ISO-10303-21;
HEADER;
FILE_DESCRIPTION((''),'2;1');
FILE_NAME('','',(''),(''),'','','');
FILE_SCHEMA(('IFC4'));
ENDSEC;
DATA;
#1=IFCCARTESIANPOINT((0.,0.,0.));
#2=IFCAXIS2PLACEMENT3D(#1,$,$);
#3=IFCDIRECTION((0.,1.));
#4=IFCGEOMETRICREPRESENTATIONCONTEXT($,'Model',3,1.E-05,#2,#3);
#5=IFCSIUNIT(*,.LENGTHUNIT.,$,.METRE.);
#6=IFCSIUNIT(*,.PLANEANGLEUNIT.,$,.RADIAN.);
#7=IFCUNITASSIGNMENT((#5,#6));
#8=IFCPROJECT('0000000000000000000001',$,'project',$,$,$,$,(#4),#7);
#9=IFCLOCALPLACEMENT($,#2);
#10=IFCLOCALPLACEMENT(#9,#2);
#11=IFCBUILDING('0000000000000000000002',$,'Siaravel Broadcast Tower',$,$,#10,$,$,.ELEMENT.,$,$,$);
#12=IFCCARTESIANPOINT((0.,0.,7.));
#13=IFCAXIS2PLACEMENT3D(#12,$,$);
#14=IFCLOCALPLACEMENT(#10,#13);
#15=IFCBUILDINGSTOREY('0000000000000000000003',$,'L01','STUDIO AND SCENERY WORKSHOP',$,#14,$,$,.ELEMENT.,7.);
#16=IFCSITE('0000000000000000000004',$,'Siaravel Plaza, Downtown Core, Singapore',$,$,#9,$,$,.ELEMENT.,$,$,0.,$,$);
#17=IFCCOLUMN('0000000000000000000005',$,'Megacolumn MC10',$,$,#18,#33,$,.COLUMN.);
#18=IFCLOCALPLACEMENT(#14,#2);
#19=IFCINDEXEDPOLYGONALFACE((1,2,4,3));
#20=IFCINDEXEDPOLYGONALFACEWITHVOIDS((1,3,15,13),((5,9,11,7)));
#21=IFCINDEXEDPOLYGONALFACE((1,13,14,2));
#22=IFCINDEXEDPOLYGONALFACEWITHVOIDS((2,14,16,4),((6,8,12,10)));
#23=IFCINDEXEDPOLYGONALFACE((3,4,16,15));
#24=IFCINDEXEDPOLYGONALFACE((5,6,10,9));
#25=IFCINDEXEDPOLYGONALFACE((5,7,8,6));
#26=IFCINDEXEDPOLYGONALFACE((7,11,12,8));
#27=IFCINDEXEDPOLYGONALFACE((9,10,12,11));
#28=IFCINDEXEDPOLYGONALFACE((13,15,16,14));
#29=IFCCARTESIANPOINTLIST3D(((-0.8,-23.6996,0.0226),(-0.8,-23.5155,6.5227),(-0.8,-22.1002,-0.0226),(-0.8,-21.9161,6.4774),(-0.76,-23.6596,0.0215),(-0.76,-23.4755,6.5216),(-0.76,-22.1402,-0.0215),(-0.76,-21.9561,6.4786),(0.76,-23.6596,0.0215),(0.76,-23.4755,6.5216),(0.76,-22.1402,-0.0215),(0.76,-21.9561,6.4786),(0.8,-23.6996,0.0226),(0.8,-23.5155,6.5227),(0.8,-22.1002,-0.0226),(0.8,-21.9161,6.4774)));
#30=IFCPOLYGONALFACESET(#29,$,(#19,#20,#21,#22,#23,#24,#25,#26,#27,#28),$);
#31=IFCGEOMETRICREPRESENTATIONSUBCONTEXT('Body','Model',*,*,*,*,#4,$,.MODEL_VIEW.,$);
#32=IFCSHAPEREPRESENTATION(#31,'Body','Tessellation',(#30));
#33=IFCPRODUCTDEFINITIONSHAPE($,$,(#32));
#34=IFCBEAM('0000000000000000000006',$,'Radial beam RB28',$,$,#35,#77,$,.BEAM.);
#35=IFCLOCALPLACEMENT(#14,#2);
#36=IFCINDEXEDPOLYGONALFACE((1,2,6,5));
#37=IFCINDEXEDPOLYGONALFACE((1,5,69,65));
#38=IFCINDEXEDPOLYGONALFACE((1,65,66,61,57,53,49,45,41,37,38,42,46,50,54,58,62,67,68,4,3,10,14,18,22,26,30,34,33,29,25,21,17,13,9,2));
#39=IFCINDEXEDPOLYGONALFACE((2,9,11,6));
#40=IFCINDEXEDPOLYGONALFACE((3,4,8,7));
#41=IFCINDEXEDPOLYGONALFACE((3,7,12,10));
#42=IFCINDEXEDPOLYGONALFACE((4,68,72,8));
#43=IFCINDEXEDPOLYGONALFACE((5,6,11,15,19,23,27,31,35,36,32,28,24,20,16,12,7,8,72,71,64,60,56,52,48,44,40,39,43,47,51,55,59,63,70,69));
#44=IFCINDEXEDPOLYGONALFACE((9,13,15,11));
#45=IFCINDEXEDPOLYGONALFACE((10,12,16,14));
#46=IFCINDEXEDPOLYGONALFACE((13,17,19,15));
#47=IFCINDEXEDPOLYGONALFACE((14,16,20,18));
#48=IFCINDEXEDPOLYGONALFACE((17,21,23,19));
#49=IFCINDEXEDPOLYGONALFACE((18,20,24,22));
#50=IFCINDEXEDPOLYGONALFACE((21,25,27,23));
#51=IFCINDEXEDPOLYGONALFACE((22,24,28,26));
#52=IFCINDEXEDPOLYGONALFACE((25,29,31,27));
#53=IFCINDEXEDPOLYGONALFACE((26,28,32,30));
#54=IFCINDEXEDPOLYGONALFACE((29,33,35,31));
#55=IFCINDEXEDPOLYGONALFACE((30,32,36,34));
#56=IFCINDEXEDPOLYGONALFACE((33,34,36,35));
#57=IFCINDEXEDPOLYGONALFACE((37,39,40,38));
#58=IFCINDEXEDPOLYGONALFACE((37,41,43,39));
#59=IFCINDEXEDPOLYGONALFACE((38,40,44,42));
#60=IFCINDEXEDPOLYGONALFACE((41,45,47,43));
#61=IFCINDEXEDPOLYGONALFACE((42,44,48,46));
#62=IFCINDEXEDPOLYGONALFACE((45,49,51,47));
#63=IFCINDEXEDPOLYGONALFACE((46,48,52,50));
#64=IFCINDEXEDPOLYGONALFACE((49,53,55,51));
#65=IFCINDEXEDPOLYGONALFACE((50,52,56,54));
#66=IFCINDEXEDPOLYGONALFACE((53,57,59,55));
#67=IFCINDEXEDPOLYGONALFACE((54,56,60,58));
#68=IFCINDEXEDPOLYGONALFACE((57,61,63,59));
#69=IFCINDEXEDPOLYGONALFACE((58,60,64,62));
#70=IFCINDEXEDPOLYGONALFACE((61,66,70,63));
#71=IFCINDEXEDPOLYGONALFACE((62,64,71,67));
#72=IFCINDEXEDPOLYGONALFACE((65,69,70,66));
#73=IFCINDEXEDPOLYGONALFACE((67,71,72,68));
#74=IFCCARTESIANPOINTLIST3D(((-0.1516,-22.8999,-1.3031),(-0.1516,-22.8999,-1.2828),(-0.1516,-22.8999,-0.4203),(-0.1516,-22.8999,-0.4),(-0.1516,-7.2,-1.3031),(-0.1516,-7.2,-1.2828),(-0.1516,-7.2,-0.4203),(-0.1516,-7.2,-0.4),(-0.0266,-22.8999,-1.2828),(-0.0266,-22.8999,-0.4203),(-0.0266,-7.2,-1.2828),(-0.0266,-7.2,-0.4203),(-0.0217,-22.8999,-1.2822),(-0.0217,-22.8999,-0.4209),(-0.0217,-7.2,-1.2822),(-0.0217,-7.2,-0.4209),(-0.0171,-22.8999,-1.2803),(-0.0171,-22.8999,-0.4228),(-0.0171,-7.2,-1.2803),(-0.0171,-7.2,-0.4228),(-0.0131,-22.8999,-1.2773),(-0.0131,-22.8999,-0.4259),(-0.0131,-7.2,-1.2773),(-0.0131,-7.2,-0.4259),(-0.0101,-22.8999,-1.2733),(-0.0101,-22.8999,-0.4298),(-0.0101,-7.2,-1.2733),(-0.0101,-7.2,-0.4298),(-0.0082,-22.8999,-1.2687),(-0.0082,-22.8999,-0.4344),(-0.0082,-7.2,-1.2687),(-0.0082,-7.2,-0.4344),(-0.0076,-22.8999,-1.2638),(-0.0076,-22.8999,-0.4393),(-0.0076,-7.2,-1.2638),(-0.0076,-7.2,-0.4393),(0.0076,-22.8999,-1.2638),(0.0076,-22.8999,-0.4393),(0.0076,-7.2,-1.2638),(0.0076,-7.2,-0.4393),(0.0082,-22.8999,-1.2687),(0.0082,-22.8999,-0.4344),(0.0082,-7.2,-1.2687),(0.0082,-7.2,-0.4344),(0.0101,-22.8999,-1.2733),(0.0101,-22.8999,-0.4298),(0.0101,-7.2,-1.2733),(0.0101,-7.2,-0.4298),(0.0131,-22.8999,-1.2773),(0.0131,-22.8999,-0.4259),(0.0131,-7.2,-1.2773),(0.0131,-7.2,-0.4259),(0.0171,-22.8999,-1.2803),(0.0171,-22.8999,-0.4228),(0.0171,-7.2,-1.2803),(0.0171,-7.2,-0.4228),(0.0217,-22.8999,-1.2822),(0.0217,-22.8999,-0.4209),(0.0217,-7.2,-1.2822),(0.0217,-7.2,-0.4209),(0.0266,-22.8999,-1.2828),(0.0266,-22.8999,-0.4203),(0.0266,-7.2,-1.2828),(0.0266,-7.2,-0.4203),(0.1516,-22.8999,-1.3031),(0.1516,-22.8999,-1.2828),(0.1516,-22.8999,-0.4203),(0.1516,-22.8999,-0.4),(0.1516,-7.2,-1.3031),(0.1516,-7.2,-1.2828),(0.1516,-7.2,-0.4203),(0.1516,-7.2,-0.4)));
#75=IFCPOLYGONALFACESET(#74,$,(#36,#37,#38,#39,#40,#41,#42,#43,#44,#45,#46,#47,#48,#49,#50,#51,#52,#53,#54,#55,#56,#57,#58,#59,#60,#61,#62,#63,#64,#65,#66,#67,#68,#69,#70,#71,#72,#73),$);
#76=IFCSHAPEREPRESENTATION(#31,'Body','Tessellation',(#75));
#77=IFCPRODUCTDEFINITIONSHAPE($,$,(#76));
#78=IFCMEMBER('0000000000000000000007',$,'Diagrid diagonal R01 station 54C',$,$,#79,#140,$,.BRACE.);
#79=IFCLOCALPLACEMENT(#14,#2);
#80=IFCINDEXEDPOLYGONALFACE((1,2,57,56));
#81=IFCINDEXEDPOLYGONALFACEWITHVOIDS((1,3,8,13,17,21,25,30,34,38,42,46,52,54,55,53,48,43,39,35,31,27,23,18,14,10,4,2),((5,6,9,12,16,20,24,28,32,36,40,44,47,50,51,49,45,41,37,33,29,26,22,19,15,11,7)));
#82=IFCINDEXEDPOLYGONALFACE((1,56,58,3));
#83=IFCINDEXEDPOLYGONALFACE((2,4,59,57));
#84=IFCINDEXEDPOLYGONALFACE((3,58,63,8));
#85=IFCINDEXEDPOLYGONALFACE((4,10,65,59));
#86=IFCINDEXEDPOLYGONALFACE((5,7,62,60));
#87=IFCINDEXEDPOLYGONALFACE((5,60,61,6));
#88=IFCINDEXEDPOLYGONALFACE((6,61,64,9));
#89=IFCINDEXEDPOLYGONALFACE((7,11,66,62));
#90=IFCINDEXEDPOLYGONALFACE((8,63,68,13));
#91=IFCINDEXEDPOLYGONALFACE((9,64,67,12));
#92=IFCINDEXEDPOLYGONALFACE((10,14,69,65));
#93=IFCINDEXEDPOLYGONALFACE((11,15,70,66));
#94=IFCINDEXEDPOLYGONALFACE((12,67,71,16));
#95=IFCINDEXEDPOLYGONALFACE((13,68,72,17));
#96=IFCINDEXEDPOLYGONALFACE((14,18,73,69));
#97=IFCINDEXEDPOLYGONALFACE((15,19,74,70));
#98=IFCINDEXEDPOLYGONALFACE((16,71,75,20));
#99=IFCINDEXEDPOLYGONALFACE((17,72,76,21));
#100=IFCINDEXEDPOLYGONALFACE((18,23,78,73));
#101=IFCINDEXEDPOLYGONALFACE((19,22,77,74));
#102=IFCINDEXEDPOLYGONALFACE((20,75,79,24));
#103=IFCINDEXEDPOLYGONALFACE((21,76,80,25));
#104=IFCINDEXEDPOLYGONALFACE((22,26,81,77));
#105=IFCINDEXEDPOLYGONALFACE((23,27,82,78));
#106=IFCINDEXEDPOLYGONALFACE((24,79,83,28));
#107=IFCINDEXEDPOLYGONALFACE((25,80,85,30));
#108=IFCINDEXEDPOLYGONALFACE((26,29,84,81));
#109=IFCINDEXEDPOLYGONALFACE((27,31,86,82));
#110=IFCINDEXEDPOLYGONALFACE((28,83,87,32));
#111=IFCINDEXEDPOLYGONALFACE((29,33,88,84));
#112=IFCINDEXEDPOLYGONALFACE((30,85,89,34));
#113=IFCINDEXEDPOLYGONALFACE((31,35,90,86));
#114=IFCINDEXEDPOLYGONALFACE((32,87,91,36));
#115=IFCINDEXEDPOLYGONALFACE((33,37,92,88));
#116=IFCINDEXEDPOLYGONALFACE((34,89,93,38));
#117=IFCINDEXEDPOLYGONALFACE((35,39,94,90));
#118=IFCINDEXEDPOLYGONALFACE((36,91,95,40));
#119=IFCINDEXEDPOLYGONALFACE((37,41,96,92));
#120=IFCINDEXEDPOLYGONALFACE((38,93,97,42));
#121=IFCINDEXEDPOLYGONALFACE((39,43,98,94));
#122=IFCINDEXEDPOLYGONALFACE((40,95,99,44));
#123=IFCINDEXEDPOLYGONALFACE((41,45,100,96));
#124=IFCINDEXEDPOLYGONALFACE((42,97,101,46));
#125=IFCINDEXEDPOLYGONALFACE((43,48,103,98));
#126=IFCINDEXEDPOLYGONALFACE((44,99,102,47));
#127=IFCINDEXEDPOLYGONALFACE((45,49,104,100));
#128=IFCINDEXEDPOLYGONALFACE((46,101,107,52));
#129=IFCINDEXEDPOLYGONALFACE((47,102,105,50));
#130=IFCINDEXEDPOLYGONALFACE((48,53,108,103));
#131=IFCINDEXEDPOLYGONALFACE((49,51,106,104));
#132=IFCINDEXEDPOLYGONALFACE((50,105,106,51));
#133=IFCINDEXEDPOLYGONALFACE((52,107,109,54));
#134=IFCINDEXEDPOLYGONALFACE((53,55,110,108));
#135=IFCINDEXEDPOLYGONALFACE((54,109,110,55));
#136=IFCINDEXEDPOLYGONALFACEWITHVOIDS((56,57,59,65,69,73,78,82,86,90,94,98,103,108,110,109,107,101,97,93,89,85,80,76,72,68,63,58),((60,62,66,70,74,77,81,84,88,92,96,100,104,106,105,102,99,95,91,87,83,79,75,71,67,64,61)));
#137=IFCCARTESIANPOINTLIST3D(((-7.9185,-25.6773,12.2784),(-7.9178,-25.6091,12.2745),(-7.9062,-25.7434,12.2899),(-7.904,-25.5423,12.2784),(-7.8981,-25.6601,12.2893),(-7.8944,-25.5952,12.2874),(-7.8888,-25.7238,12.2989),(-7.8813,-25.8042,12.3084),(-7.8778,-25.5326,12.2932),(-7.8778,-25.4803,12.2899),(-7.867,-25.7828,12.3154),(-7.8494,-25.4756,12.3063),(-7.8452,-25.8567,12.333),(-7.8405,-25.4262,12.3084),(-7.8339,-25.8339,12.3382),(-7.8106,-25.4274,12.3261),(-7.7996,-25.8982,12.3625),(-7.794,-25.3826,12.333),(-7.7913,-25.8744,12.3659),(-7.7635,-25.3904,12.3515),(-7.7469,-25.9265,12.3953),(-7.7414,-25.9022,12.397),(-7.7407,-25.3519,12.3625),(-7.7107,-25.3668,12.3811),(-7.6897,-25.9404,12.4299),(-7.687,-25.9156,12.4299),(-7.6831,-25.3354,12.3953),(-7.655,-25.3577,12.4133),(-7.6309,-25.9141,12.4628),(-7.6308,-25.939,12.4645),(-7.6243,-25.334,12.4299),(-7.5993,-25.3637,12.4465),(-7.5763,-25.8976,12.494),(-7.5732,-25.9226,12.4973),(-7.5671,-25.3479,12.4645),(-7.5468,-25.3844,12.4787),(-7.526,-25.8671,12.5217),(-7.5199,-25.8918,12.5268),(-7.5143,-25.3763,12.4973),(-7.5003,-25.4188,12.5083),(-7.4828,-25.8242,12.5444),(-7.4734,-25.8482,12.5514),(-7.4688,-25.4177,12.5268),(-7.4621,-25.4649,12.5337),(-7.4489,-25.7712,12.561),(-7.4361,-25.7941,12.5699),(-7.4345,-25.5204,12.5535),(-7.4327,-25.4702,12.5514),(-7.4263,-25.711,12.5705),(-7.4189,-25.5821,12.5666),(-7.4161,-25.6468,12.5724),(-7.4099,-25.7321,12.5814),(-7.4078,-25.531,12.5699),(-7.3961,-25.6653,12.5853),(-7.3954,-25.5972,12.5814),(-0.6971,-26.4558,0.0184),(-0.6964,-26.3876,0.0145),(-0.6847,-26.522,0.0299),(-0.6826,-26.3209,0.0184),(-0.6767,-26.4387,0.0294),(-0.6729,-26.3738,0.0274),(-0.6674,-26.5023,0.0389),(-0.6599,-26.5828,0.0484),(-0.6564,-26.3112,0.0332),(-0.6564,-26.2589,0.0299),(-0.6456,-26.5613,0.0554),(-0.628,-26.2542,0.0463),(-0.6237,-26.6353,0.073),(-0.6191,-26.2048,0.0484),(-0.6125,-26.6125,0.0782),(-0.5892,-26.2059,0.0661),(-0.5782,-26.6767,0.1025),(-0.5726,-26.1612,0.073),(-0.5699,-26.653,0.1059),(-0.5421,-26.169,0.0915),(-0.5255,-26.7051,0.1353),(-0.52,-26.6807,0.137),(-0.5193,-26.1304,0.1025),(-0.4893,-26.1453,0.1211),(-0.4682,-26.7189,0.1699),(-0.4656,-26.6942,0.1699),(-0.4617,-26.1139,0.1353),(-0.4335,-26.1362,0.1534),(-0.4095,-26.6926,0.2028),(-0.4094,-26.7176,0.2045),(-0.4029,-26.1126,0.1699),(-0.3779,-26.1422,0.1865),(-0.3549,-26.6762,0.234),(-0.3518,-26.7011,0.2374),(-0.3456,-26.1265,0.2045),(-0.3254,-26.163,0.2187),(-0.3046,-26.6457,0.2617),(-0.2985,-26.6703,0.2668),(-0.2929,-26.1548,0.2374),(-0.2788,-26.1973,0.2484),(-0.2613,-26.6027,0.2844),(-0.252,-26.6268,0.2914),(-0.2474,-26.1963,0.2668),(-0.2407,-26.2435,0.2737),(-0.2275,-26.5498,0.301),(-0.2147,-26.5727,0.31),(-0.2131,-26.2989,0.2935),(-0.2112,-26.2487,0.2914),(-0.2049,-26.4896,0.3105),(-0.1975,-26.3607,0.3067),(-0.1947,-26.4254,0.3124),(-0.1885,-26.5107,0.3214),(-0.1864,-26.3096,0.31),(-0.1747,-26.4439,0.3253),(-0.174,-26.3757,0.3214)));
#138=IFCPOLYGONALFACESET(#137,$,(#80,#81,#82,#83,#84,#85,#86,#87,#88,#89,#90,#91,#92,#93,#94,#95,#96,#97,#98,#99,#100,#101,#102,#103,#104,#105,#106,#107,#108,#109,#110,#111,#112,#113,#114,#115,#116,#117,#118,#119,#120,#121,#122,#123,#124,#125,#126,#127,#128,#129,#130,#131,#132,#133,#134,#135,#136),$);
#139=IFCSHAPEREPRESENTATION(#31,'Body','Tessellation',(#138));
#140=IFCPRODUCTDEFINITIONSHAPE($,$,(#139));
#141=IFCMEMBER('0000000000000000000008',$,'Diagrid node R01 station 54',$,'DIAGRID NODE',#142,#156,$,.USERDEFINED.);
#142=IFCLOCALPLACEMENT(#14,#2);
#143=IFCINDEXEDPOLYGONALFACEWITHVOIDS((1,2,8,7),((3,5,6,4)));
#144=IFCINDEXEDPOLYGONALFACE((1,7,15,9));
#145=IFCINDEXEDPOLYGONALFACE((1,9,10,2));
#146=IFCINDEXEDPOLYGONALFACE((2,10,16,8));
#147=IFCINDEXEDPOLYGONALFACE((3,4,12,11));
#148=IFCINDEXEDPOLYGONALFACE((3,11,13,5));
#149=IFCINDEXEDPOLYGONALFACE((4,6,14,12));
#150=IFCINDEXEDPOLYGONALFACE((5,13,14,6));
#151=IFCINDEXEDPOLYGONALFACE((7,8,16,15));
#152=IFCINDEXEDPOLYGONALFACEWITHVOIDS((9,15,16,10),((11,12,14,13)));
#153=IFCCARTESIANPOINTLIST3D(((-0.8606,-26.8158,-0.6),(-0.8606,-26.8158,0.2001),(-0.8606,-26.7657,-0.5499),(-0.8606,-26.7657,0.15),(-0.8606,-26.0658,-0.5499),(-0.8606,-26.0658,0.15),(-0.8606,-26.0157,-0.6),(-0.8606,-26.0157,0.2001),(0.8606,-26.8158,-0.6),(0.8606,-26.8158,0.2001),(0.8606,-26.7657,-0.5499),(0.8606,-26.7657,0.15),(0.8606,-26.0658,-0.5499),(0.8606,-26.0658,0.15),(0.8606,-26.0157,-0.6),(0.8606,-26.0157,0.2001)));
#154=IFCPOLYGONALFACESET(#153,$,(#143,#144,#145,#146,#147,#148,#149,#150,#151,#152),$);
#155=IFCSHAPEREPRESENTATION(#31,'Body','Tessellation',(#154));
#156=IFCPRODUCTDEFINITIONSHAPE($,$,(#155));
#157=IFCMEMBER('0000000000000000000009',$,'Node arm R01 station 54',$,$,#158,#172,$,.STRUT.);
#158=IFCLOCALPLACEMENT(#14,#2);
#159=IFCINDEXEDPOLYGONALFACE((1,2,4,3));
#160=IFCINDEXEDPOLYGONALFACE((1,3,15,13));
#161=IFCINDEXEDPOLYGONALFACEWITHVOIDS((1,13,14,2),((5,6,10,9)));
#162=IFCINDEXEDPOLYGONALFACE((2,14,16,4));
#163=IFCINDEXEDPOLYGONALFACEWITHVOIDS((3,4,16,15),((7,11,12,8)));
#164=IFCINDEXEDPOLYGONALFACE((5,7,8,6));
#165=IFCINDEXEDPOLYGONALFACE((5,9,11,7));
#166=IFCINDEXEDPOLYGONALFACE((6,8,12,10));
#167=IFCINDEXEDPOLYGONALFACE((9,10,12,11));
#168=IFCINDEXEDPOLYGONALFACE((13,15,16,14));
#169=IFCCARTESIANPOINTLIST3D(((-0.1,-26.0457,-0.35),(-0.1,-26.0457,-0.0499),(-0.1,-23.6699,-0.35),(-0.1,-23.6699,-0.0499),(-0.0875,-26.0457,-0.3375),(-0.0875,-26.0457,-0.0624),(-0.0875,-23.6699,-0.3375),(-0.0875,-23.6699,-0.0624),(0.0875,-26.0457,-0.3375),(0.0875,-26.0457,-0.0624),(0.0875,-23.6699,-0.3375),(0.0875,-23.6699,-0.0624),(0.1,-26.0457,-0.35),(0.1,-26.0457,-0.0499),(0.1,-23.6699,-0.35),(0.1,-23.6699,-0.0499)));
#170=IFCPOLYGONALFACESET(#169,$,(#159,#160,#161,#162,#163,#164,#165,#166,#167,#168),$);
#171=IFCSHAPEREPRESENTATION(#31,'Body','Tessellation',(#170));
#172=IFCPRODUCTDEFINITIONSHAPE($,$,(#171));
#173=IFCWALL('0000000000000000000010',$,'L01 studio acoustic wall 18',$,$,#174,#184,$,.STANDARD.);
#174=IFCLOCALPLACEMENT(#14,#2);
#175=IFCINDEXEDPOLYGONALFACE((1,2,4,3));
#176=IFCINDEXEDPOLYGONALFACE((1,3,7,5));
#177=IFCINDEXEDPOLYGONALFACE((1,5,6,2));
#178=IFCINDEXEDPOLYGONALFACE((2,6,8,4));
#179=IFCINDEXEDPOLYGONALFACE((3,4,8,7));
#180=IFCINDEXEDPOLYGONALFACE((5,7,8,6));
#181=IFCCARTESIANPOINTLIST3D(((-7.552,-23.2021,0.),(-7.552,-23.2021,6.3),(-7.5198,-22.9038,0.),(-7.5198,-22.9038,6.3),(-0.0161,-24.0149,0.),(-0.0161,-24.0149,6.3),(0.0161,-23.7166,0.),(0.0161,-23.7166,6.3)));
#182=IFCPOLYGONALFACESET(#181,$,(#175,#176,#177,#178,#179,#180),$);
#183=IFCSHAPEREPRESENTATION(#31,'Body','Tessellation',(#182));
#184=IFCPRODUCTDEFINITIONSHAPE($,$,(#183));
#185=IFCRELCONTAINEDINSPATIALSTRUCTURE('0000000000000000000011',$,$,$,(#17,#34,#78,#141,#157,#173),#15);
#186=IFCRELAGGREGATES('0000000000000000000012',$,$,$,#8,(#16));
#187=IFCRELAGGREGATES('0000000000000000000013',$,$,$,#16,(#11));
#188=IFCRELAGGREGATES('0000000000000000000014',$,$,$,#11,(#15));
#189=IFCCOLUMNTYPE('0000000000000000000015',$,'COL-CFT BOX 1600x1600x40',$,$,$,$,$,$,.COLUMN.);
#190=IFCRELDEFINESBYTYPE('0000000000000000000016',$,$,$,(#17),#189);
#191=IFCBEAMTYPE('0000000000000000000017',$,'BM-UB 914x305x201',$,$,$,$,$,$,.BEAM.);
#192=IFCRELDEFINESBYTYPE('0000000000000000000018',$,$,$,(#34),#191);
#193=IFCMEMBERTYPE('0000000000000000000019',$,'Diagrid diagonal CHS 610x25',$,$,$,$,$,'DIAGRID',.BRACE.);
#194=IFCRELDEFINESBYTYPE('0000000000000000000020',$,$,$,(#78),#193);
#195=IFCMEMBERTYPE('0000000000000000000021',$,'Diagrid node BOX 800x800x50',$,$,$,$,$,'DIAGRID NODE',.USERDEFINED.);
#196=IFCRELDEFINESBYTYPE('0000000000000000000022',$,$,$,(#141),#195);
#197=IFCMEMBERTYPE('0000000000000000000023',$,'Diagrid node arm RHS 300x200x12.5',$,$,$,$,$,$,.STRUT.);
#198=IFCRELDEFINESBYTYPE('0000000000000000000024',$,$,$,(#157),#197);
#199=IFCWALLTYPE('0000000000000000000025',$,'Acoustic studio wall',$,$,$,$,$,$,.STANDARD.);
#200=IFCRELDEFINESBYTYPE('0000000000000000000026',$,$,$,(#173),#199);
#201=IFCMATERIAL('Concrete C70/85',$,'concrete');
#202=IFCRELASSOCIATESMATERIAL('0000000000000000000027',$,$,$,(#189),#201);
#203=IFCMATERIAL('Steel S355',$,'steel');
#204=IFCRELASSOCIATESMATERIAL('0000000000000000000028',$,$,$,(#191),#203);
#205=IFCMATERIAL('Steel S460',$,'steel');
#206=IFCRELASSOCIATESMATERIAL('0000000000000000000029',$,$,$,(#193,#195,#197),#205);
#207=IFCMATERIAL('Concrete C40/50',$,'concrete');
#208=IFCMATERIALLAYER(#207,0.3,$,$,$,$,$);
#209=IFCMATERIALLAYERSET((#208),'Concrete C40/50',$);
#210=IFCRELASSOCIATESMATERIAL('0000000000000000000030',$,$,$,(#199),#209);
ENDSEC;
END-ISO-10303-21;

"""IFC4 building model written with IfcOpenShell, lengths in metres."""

from ifc_helpers import new_model, si_unit, direction, frame, frame_2d, origin, origin_2d, place, context, subcontext, project, spatial, rectangle, hollow_rectangle, hollow_circle, i_section, extrude, material, layer, layer_set, material_profile, profile_set, type_object, element, save


model = new_model("IFC4")

# Units and contexts
model_context = context("Model", 3, precision=1e-05, world=origin(), true_north=direction((0.0, 1.0)))
body_context = subcontext(model_context, "Body", "Model", "MODEL_VIEW")
ifc_project = project(units=[si_unit("LENGTHUNIT", "METRE"), si_unit("PLANEANGLEUNIT", "RADIAN")], contexts=[model_context])

# Site, building, storey
site_placement = place(None, origin())
site = spatial("IfcSite", under=ifc_project, at=site_placement, Name="Siaravel Plaza, Downtown Core, Singapore", CompositionType="ELEMENT", RefElevation=0.0)
building_placement = place(site_placement, origin())
building = spatial("IfcBuilding", under=site, at=building_placement, Name="Siaravel Broadcast Tower", CompositionType="ELEMENT")
storey_placement = place(building_placement, frame((0.0, 0.0, 7.0)))
storey = spatial("IfcBuildingStorey", under=building, at=storey_placement, Name="L01", Description="STUDIO AND SCENERY WORKSHOP", CompositionType="ELEMENT", Elevation=7.0)

# Column
ifc_material_1 = material(Name="Concrete C70/85", Category="concrete")
ifc_material_profile_1 = material_profile(ifc_material_1, hollow_rectangle(XDim=1.6001, YDim=1.6001, WallThickness=0.04, at=origin_2d()))
ifc_profile_set_1 = profile_set([ifc_material_profile_1], Name="Concrete C70/85")
column_type = type_object("IfcColumnType", Name="COL-CFT BOX 1600x1600x40", PredefinedType="COLUMN", material=ifc_profile_set_1)
column_placement = place(storey_placement, frame((0.0, -22.8999, 0.0), z_axis=(0.0, 0.028309, 0.999599), x_axis=(-1.0, 0.0, 0.0)))
element("IfcColumn", 1, at=column_placement, inside=storey, type_object=column_type, Name="Megacolumn MC10", PredefinedType="COLUMN", context=body_context, shape_type="SweptSolid", body=[
    extrude(hollow_rectangle(XDim=1.6001, YDim=1.6001, WallThickness=0.04, at=origin_2d()), origin(), (0.0, 0.0, 1.0), 6.5027),
])

# Beam
ifc_material_2 = material(Name="Steel S355", Category="steel")
ifc_material_profile_2 = material_profile(ifc_material_2, i_section(OverallWidth=0.3032, OverallDepth=0.9031, WebThickness=0.0151, FlangeThickness=0.0203, FilletRadius=0.019, at=origin_2d()))
ifc_profile_set_2 = profile_set([ifc_material_profile_2], Name="Steel S355")
beam_type = type_object("IfcBeamType", Name="BM-UB 914x305x201", PredefinedType="BEAM", material=ifc_profile_set_2)
beam_placement = place(storey_placement, frame((0.0, -22.8999, -0.8516), z_axis=(0.0, 1.0, 0.0), x_axis=(-1.0, 0.0, 0.0)))
element("IfcBeam", 2, at=beam_placement, inside=storey, type_object=beam_type, Name="Radial beam RB28", PredefinedType="BEAM", context=body_context, shape_type="SweptSolid", body=[
    extrude(i_section(OverallWidth=0.3032, OverallDepth=0.9031, WebThickness=0.0151, FlangeThickness=0.0203, FilletRadius=0.019, at=origin_2d()), origin(), (0.0, 0.0, 1.0), 15.7),
])

# Members
ifc_material_3 = material(Name="Steel S460", Category="steel")
ifc_material_profile_3 = material_profile(ifc_material_3, hollow_circle(Radius=0.3049, WallThickness=0.0249, at=origin_2d()))
ifc_profile_set_3 = profile_set([ifc_material_profile_3], Name="Steel S460")
member_type_1 = type_object("IfcMemberType", Name="Diagrid diagonal CHS 610x25", ElementType="DIAGRID", PredefinedType="BRACE", material=ifc_profile_set_3)
member_1_placement = place(storey_placement, frame((-0.4355, -26.4158, 0.1699), z_axis=(-0.506767, 0.054636, 0.86035), x_axis=(-0.107192, -0.994238, 0.0)))
element("IfcMember", 3, at=member_1_placement, inside=storey, type_object=member_type_1, Name="Diagrid diagonal R01 station 54C", PredefinedType="BRACE", context=body_context, shape_type="SweptSolid", body=[
    extrude(hollow_circle(Radius=0.3049, WallThickness=0.0249, at=origin_2d()), origin(), (0.0, 0.0, 1.0), 14.25),
])
ifc_material_profile_4 = material_profile(ifc_material_3, hollow_rectangle(XDim=0.8, YDim=0.8, WallThickness=0.05, at=origin_2d()))
ifc_profile_set_4 = profile_set([ifc_material_profile_4], Name="Steel S460")
member_type_2 = type_object("IfcMemberType", Name="Diagrid node BOX 800x800x50", ElementType="DIAGRID NODE", PredefinedType="USERDEFINED", material=ifc_profile_set_4)
member_2_placement = place(storey_placement, frame((-0.8606, -26.4158, -0.2), z_axis=(1.0, 0.0, 0.0), x_axis=(0.0, 1.0, 0.0)))
element("IfcMember", 4, at=member_2_placement, inside=storey, type_object=member_type_2, Name="Diagrid node R01 station 54", ObjectType="DIAGRID NODE", PredefinedType="USERDEFINED", context=body_context, shape_type="SweptSolid", body=[
    extrude(hollow_rectangle(XDim=0.8, YDim=0.8, WallThickness=0.05, at=origin_2d()), origin(), (0.0, 0.0, 1.0), 1.7212),
])
ifc_material_profile_5 = material_profile(ifc_material_3, hollow_rectangle(XDim=0.2, YDim=0.3, WallThickness=0.0125, at=origin_2d()))
ifc_profile_set_5 = profile_set([ifc_material_profile_5], Name="Steel S460")
member_type_3 = type_object("IfcMemberType", Name="Diagrid node arm RHS 300x200x12.5", PredefinedType="STRUT", material=ifc_profile_set_5)
member_3_placement = place(storey_placement, frame((0.0, -23.6699, -0.2), z_axis=(0.0, -1.0, 0.0), x_axis=(1.0, 0.0, 0.0)))
element("IfcMember", 5, at=member_3_placement, inside=storey, type_object=member_type_3, Name="Node arm R01 station 54", PredefinedType="STRUT", context=body_context, shape_type="SweptSolid", body=[
    extrude(hollow_rectangle(XDim=0.2, YDim=0.3, WallThickness=0.0125, at=origin_2d()), origin(), (0.0, 0.0, 1.0), 2.3757),
])

# Wall
ifc_material_4 = material(Name="Concrete C40/50", Category="concrete")
ifc_layer_1 = layer(ifc_material_4, 0.3)
ifc_layer_set_1 = layer_set([ifc_layer_1], Name="Concrete C40/50")
wall_type_1 = type_object("IfcWallType", Name="Acoustic studio wall", PredefinedType="STANDARD", material=ifc_layer_set_1)
wall_1_placement = place(storey_placement, frame((-7.5359, -23.053, 0.0), z_axis=(0.0, 0.0, 1.0), x_axis=(0.994234, -0.107228, 0.0)))
element("IfcWall", 6, at=wall_1_placement, inside=storey, type_object=wall_type_1, Name="L01 studio acoustic wall 18", PredefinedType="STANDARD", context=body_context, shape_type="SweptSolid", body=[
    extrude(rectangle(XDim=7.5796, YDim=0.3, at=frame_2d((3.7898, 0.0))), origin(), (0.0, 0.0, 1.0), 6.3),
])

save(model, "model.ifc")
